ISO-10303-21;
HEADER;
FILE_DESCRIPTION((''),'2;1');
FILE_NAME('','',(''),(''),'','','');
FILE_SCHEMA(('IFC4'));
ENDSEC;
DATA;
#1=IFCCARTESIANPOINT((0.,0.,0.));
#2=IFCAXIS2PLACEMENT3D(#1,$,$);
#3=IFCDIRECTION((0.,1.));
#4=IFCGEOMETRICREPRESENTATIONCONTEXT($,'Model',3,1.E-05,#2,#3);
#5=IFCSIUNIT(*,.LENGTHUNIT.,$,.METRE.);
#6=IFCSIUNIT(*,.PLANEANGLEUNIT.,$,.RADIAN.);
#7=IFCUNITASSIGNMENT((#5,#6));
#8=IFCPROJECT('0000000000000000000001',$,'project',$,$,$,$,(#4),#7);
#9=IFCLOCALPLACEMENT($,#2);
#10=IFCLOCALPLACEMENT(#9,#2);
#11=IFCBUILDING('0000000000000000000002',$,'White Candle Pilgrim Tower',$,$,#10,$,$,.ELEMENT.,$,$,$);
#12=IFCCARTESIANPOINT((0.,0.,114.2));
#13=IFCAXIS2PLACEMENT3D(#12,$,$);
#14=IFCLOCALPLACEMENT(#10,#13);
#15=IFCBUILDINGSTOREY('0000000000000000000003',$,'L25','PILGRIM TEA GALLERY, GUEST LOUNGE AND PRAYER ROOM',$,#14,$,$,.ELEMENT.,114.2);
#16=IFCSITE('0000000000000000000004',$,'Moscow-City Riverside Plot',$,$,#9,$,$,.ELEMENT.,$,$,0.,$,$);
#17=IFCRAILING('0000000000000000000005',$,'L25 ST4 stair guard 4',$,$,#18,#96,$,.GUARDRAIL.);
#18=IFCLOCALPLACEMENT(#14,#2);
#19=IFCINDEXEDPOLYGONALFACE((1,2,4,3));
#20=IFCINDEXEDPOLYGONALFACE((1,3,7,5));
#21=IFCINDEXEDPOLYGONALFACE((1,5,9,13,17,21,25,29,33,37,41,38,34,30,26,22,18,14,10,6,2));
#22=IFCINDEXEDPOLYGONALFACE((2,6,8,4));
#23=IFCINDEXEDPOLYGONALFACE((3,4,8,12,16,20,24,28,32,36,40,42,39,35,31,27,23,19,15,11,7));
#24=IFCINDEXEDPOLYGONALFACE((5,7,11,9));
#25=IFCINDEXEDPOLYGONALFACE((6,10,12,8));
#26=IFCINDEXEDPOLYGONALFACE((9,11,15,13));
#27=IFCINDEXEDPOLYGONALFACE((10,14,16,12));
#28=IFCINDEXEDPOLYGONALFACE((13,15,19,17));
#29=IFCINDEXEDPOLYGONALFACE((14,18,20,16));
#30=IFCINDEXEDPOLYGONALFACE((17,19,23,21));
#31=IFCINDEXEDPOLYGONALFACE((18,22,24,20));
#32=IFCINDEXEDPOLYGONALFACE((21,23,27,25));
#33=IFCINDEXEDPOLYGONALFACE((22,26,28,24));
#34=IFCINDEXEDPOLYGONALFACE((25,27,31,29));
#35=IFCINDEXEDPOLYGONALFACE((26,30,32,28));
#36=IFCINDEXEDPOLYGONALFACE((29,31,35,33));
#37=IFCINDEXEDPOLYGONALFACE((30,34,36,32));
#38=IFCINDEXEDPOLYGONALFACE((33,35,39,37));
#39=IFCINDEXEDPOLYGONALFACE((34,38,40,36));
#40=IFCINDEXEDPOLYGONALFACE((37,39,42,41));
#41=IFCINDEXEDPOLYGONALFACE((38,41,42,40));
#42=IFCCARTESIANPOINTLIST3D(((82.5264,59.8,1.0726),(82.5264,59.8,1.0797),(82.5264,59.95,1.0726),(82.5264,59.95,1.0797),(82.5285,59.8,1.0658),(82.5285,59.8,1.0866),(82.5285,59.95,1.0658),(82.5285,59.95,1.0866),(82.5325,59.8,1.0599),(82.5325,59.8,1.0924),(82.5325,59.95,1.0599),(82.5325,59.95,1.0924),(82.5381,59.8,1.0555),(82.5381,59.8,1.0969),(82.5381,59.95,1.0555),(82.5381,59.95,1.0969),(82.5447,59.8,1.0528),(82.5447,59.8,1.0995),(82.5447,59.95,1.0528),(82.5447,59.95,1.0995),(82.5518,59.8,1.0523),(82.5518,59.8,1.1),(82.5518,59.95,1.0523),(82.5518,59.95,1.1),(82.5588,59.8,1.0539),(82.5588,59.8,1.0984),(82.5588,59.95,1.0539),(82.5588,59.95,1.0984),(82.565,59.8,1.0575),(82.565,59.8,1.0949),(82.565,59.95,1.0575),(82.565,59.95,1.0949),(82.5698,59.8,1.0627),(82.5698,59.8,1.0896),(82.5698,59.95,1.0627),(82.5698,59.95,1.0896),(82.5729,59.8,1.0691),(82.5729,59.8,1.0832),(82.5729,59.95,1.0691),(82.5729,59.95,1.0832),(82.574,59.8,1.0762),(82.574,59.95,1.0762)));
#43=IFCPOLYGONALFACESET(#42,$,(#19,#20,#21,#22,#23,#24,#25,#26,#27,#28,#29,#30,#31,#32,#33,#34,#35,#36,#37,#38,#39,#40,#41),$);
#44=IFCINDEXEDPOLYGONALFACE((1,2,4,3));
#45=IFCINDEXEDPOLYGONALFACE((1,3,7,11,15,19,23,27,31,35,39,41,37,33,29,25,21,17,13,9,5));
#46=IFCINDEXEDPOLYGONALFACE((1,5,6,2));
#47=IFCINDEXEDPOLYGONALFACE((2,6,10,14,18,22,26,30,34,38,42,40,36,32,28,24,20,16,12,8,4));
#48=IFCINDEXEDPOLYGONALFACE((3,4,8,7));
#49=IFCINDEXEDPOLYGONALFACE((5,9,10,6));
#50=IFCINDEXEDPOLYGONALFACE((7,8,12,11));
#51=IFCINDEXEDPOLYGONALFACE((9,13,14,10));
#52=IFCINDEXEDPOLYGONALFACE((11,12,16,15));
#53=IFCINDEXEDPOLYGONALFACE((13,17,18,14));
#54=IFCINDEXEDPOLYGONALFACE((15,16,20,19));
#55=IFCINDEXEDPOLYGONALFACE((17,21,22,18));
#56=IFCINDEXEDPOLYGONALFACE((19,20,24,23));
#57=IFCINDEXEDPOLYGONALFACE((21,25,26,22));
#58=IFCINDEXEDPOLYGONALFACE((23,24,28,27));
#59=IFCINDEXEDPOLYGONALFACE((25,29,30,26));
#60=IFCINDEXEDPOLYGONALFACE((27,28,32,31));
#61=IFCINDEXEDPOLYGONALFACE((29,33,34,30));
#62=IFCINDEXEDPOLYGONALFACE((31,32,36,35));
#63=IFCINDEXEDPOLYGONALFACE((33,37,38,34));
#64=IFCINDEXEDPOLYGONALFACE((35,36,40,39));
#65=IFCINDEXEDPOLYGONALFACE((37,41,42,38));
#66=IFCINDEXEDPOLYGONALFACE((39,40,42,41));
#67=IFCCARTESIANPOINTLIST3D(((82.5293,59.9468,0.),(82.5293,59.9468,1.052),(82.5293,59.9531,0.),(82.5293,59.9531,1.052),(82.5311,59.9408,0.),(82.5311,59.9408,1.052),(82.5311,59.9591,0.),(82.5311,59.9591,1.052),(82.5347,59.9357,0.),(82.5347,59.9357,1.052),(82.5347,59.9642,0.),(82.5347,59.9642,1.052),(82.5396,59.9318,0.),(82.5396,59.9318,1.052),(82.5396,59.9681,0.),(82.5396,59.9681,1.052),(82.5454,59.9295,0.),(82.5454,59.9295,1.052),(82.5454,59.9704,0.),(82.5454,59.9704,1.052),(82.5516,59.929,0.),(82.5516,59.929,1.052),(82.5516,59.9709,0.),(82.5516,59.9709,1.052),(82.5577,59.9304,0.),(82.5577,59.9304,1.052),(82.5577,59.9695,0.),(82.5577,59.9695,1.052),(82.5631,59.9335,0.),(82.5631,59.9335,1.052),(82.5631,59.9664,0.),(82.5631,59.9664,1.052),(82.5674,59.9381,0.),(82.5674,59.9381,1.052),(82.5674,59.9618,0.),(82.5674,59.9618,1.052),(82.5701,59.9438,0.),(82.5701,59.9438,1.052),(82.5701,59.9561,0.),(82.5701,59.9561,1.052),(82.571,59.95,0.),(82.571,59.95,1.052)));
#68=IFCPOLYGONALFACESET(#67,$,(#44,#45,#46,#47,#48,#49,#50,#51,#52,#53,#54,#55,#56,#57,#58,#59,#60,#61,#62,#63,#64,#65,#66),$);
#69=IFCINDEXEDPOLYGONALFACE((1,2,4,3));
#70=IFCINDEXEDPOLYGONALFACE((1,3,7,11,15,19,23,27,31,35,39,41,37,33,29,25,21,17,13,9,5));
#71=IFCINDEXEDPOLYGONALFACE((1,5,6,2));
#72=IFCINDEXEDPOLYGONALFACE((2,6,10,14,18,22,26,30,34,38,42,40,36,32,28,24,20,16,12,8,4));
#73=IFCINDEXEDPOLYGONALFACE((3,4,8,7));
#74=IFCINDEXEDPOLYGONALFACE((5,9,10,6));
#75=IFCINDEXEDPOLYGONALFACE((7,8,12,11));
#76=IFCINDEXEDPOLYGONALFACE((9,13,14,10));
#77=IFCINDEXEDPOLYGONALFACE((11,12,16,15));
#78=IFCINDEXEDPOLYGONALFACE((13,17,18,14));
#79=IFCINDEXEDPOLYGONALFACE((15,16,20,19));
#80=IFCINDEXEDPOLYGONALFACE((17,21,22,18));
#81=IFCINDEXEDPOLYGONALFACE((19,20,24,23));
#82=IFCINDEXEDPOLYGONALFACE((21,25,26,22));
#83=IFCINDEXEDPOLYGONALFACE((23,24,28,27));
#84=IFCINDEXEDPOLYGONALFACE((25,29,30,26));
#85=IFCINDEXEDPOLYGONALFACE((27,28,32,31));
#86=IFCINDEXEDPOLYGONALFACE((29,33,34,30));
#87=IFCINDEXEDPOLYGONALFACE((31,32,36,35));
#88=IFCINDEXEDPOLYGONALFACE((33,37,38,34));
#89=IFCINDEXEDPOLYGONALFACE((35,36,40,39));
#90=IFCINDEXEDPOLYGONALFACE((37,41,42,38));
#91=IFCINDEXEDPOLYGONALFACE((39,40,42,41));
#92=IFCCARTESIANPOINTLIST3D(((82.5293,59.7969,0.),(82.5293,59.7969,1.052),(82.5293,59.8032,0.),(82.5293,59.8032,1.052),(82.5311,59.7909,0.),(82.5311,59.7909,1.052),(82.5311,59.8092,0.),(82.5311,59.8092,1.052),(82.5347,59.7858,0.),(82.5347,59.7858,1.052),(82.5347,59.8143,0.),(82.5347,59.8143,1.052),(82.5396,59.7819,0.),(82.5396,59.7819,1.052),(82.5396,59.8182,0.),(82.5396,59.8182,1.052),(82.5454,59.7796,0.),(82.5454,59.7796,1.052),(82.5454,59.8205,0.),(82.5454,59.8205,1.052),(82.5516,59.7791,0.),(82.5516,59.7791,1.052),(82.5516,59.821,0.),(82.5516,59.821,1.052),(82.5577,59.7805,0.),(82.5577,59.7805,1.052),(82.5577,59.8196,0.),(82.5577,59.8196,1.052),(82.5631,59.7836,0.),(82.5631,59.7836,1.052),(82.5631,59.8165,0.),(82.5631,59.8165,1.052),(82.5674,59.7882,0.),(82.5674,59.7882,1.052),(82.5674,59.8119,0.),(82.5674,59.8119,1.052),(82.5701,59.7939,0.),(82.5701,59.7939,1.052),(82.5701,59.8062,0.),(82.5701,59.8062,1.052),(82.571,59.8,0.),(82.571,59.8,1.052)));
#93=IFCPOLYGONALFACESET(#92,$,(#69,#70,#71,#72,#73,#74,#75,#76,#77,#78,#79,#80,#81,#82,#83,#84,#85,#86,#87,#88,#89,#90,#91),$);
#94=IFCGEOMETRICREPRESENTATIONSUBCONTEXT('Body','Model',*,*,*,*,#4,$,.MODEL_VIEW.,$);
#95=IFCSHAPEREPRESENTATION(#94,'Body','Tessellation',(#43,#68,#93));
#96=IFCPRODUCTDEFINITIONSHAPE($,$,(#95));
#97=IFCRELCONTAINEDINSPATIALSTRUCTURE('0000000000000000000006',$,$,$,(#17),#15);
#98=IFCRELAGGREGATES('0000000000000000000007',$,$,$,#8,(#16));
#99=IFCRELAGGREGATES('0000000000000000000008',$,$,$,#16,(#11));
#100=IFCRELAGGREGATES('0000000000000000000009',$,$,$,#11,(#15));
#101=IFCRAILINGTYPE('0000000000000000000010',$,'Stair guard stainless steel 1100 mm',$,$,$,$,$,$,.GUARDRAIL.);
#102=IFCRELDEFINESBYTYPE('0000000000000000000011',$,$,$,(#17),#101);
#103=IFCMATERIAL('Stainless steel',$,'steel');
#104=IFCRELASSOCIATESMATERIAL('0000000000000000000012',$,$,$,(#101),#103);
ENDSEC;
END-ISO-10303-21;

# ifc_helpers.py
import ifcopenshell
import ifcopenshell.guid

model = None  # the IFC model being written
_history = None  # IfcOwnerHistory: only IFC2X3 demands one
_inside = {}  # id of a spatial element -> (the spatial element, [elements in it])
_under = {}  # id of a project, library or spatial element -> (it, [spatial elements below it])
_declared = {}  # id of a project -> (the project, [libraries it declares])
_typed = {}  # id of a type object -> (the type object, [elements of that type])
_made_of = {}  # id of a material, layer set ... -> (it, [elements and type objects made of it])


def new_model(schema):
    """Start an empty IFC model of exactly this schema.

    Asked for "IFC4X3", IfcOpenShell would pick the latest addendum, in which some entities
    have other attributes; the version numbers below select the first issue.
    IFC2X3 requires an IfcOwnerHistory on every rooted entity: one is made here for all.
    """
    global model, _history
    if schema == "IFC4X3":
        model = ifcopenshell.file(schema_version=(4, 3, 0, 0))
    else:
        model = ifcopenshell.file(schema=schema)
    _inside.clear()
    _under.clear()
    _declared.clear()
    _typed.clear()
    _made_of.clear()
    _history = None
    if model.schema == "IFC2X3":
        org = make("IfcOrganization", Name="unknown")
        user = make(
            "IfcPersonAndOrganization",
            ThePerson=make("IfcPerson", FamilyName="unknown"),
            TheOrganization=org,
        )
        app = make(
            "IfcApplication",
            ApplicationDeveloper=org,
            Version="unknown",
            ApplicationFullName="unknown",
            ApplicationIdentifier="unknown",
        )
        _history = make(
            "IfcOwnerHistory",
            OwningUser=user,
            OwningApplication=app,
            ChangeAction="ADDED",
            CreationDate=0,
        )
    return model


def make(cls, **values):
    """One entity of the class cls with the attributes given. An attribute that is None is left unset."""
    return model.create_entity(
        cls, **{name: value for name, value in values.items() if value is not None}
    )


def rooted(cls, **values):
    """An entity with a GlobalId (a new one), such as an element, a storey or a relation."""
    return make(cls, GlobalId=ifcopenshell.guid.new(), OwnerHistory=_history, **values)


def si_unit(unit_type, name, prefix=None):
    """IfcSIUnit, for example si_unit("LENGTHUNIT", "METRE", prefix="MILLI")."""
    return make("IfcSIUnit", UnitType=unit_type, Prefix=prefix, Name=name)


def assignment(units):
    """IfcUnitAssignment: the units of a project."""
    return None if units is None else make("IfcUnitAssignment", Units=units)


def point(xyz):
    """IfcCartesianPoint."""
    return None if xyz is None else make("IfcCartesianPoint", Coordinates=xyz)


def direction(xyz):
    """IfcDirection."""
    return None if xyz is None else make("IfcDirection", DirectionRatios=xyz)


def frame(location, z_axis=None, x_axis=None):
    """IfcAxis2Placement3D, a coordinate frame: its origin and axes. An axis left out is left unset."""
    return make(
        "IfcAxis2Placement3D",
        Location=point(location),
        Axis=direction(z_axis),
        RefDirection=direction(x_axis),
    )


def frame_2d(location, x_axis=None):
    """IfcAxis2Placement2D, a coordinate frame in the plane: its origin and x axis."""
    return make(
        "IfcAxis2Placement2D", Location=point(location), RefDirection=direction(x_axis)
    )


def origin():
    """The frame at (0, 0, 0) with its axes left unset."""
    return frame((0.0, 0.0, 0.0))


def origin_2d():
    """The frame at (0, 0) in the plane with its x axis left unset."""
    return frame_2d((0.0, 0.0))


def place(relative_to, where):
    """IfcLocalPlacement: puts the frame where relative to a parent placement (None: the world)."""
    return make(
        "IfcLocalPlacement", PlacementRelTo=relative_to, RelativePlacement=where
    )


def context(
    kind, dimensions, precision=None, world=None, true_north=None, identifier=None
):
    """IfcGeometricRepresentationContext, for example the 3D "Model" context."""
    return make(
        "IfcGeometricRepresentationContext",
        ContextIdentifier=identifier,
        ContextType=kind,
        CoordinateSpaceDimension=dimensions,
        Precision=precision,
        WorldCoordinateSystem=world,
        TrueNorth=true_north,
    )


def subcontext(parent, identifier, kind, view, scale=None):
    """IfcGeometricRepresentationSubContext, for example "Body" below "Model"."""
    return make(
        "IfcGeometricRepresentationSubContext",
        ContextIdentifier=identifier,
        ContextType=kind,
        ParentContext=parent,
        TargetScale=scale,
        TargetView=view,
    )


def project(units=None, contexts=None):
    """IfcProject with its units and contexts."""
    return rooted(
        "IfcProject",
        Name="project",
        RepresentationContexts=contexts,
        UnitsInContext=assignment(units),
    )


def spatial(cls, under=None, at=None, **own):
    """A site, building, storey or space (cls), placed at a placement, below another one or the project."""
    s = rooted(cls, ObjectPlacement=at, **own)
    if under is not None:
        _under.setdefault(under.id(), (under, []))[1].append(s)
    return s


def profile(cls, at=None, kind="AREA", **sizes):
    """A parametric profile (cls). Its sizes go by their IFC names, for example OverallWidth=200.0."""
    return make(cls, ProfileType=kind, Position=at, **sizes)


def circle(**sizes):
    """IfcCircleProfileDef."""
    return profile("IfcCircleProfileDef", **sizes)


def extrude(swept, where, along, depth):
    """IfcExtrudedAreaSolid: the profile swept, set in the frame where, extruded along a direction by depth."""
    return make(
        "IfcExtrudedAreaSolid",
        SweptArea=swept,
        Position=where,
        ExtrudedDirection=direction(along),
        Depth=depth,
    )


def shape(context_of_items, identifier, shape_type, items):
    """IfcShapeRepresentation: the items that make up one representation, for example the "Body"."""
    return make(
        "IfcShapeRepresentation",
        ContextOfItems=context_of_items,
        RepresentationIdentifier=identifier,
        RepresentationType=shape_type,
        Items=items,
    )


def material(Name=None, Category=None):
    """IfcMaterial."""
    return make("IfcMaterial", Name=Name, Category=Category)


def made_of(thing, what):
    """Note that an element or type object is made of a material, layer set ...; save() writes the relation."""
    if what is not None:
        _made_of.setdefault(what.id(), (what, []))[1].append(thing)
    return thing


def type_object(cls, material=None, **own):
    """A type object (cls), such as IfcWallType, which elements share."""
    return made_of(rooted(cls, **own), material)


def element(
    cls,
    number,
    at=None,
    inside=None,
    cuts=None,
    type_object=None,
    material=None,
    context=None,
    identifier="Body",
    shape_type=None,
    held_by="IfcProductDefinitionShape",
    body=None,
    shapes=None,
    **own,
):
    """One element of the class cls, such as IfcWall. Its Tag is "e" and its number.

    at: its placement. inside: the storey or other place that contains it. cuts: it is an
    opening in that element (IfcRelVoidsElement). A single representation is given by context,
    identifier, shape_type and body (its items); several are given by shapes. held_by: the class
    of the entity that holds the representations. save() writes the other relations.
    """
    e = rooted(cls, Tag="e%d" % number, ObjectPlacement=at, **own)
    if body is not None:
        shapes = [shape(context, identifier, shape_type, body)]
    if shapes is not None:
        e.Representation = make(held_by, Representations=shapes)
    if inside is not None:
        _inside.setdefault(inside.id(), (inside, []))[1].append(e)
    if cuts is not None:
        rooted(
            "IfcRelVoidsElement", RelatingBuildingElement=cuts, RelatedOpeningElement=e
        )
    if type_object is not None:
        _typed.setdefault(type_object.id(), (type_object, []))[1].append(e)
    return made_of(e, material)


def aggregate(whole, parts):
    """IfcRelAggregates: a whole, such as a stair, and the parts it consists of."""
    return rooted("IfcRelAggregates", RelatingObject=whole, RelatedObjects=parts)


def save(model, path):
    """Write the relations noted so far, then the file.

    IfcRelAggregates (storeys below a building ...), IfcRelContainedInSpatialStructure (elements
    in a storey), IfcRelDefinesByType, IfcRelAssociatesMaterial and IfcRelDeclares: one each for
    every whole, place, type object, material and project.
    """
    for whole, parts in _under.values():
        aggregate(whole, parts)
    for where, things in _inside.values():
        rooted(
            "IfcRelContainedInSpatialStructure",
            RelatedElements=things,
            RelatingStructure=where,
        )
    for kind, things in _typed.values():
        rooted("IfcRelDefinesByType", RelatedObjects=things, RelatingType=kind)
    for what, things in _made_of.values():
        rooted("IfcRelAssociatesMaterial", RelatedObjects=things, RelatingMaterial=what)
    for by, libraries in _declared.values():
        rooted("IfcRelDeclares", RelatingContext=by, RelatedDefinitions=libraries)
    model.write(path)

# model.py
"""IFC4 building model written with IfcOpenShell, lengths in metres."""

from ifc_helpers import new_model, si_unit, direction, frame, origin, origin_2d, place, context, subcontext, project, spatial, circle, extrude, material, type_object, element, save


model = new_model("IFC4")

# Units and contexts
model_context = context("Model", 3, precision=1e-05, world=origin(), true_north=direction((0.0, 1.0)))
body_context = subcontext(model_context, "Body", "Model", "MODEL_VIEW")
ifc_project = project(units=[si_unit("LENGTHUNIT", "METRE"), si_unit("PLANEANGLEUNIT", "RADIAN")], contexts=[model_context])

# Site, building, storey
site_placement = place(None, origin())
site = spatial("IfcSite", under=ifc_project, at=site_placement, Name="Moscow-City Riverside Plot", CompositionType="ELEMENT", RefElevation=0.0)
building_placement = place(site_placement, origin())
building = spatial("IfcBuilding", under=site, at=building_placement, Name="White Candle Pilgrim Tower", CompositionType="ELEMENT")
storey_placement = place(building_placement, frame((0.0, 0.0, 114.2)))
storey = spatial("IfcBuildingStorey", under=building, at=storey_placement, Name="L25", Description="PILGRIM TEA GALLERY, GUEST LOUNGE AND PRAYER ROOM", CompositionType="ELEMENT", Elevation=114.2)

# Railing
ifc_material_1 = material(Name="Stainless steel", Category="steel")
railing_type_1 = type_object("IfcRailingType", Name="Stair guard stainless steel 1100 mm", PredefinedType="GUARDRAIL", material=ifc_material_1)
railing_1_placement = place(storey_placement, frame((82.55, 59.95, 0.0)))
element("IfcRailing", 1, at=railing_1_placement, inside=storey, type_object=railing_type_1, Name="L25 ST4 stair guard 4", PredefinedType="GUARDRAIL", context=body_context, shape_type="SweptSolid", body=[
    extrude(circle(Radius=0.0239, at=origin_2d()), frame((0.0, 0.0, 1.0762), z_axis=(0.0, -1.0, 0.0), x_axis=(1.0, 0.0, 0.0)), (0.0, 0.0, 1.0), 0.1499),
    extrude(circle(Radius=0.021, at=origin_2d()), origin(), (0.0, 0.0, 1.0), 1.052),
    extrude(circle(Radius=0.021, at=origin_2d()), frame((0.0, -0.1499, 0.0)), (0.0, 0.0, 1.0), 1.052),
])

save(model, "model.ifc")
